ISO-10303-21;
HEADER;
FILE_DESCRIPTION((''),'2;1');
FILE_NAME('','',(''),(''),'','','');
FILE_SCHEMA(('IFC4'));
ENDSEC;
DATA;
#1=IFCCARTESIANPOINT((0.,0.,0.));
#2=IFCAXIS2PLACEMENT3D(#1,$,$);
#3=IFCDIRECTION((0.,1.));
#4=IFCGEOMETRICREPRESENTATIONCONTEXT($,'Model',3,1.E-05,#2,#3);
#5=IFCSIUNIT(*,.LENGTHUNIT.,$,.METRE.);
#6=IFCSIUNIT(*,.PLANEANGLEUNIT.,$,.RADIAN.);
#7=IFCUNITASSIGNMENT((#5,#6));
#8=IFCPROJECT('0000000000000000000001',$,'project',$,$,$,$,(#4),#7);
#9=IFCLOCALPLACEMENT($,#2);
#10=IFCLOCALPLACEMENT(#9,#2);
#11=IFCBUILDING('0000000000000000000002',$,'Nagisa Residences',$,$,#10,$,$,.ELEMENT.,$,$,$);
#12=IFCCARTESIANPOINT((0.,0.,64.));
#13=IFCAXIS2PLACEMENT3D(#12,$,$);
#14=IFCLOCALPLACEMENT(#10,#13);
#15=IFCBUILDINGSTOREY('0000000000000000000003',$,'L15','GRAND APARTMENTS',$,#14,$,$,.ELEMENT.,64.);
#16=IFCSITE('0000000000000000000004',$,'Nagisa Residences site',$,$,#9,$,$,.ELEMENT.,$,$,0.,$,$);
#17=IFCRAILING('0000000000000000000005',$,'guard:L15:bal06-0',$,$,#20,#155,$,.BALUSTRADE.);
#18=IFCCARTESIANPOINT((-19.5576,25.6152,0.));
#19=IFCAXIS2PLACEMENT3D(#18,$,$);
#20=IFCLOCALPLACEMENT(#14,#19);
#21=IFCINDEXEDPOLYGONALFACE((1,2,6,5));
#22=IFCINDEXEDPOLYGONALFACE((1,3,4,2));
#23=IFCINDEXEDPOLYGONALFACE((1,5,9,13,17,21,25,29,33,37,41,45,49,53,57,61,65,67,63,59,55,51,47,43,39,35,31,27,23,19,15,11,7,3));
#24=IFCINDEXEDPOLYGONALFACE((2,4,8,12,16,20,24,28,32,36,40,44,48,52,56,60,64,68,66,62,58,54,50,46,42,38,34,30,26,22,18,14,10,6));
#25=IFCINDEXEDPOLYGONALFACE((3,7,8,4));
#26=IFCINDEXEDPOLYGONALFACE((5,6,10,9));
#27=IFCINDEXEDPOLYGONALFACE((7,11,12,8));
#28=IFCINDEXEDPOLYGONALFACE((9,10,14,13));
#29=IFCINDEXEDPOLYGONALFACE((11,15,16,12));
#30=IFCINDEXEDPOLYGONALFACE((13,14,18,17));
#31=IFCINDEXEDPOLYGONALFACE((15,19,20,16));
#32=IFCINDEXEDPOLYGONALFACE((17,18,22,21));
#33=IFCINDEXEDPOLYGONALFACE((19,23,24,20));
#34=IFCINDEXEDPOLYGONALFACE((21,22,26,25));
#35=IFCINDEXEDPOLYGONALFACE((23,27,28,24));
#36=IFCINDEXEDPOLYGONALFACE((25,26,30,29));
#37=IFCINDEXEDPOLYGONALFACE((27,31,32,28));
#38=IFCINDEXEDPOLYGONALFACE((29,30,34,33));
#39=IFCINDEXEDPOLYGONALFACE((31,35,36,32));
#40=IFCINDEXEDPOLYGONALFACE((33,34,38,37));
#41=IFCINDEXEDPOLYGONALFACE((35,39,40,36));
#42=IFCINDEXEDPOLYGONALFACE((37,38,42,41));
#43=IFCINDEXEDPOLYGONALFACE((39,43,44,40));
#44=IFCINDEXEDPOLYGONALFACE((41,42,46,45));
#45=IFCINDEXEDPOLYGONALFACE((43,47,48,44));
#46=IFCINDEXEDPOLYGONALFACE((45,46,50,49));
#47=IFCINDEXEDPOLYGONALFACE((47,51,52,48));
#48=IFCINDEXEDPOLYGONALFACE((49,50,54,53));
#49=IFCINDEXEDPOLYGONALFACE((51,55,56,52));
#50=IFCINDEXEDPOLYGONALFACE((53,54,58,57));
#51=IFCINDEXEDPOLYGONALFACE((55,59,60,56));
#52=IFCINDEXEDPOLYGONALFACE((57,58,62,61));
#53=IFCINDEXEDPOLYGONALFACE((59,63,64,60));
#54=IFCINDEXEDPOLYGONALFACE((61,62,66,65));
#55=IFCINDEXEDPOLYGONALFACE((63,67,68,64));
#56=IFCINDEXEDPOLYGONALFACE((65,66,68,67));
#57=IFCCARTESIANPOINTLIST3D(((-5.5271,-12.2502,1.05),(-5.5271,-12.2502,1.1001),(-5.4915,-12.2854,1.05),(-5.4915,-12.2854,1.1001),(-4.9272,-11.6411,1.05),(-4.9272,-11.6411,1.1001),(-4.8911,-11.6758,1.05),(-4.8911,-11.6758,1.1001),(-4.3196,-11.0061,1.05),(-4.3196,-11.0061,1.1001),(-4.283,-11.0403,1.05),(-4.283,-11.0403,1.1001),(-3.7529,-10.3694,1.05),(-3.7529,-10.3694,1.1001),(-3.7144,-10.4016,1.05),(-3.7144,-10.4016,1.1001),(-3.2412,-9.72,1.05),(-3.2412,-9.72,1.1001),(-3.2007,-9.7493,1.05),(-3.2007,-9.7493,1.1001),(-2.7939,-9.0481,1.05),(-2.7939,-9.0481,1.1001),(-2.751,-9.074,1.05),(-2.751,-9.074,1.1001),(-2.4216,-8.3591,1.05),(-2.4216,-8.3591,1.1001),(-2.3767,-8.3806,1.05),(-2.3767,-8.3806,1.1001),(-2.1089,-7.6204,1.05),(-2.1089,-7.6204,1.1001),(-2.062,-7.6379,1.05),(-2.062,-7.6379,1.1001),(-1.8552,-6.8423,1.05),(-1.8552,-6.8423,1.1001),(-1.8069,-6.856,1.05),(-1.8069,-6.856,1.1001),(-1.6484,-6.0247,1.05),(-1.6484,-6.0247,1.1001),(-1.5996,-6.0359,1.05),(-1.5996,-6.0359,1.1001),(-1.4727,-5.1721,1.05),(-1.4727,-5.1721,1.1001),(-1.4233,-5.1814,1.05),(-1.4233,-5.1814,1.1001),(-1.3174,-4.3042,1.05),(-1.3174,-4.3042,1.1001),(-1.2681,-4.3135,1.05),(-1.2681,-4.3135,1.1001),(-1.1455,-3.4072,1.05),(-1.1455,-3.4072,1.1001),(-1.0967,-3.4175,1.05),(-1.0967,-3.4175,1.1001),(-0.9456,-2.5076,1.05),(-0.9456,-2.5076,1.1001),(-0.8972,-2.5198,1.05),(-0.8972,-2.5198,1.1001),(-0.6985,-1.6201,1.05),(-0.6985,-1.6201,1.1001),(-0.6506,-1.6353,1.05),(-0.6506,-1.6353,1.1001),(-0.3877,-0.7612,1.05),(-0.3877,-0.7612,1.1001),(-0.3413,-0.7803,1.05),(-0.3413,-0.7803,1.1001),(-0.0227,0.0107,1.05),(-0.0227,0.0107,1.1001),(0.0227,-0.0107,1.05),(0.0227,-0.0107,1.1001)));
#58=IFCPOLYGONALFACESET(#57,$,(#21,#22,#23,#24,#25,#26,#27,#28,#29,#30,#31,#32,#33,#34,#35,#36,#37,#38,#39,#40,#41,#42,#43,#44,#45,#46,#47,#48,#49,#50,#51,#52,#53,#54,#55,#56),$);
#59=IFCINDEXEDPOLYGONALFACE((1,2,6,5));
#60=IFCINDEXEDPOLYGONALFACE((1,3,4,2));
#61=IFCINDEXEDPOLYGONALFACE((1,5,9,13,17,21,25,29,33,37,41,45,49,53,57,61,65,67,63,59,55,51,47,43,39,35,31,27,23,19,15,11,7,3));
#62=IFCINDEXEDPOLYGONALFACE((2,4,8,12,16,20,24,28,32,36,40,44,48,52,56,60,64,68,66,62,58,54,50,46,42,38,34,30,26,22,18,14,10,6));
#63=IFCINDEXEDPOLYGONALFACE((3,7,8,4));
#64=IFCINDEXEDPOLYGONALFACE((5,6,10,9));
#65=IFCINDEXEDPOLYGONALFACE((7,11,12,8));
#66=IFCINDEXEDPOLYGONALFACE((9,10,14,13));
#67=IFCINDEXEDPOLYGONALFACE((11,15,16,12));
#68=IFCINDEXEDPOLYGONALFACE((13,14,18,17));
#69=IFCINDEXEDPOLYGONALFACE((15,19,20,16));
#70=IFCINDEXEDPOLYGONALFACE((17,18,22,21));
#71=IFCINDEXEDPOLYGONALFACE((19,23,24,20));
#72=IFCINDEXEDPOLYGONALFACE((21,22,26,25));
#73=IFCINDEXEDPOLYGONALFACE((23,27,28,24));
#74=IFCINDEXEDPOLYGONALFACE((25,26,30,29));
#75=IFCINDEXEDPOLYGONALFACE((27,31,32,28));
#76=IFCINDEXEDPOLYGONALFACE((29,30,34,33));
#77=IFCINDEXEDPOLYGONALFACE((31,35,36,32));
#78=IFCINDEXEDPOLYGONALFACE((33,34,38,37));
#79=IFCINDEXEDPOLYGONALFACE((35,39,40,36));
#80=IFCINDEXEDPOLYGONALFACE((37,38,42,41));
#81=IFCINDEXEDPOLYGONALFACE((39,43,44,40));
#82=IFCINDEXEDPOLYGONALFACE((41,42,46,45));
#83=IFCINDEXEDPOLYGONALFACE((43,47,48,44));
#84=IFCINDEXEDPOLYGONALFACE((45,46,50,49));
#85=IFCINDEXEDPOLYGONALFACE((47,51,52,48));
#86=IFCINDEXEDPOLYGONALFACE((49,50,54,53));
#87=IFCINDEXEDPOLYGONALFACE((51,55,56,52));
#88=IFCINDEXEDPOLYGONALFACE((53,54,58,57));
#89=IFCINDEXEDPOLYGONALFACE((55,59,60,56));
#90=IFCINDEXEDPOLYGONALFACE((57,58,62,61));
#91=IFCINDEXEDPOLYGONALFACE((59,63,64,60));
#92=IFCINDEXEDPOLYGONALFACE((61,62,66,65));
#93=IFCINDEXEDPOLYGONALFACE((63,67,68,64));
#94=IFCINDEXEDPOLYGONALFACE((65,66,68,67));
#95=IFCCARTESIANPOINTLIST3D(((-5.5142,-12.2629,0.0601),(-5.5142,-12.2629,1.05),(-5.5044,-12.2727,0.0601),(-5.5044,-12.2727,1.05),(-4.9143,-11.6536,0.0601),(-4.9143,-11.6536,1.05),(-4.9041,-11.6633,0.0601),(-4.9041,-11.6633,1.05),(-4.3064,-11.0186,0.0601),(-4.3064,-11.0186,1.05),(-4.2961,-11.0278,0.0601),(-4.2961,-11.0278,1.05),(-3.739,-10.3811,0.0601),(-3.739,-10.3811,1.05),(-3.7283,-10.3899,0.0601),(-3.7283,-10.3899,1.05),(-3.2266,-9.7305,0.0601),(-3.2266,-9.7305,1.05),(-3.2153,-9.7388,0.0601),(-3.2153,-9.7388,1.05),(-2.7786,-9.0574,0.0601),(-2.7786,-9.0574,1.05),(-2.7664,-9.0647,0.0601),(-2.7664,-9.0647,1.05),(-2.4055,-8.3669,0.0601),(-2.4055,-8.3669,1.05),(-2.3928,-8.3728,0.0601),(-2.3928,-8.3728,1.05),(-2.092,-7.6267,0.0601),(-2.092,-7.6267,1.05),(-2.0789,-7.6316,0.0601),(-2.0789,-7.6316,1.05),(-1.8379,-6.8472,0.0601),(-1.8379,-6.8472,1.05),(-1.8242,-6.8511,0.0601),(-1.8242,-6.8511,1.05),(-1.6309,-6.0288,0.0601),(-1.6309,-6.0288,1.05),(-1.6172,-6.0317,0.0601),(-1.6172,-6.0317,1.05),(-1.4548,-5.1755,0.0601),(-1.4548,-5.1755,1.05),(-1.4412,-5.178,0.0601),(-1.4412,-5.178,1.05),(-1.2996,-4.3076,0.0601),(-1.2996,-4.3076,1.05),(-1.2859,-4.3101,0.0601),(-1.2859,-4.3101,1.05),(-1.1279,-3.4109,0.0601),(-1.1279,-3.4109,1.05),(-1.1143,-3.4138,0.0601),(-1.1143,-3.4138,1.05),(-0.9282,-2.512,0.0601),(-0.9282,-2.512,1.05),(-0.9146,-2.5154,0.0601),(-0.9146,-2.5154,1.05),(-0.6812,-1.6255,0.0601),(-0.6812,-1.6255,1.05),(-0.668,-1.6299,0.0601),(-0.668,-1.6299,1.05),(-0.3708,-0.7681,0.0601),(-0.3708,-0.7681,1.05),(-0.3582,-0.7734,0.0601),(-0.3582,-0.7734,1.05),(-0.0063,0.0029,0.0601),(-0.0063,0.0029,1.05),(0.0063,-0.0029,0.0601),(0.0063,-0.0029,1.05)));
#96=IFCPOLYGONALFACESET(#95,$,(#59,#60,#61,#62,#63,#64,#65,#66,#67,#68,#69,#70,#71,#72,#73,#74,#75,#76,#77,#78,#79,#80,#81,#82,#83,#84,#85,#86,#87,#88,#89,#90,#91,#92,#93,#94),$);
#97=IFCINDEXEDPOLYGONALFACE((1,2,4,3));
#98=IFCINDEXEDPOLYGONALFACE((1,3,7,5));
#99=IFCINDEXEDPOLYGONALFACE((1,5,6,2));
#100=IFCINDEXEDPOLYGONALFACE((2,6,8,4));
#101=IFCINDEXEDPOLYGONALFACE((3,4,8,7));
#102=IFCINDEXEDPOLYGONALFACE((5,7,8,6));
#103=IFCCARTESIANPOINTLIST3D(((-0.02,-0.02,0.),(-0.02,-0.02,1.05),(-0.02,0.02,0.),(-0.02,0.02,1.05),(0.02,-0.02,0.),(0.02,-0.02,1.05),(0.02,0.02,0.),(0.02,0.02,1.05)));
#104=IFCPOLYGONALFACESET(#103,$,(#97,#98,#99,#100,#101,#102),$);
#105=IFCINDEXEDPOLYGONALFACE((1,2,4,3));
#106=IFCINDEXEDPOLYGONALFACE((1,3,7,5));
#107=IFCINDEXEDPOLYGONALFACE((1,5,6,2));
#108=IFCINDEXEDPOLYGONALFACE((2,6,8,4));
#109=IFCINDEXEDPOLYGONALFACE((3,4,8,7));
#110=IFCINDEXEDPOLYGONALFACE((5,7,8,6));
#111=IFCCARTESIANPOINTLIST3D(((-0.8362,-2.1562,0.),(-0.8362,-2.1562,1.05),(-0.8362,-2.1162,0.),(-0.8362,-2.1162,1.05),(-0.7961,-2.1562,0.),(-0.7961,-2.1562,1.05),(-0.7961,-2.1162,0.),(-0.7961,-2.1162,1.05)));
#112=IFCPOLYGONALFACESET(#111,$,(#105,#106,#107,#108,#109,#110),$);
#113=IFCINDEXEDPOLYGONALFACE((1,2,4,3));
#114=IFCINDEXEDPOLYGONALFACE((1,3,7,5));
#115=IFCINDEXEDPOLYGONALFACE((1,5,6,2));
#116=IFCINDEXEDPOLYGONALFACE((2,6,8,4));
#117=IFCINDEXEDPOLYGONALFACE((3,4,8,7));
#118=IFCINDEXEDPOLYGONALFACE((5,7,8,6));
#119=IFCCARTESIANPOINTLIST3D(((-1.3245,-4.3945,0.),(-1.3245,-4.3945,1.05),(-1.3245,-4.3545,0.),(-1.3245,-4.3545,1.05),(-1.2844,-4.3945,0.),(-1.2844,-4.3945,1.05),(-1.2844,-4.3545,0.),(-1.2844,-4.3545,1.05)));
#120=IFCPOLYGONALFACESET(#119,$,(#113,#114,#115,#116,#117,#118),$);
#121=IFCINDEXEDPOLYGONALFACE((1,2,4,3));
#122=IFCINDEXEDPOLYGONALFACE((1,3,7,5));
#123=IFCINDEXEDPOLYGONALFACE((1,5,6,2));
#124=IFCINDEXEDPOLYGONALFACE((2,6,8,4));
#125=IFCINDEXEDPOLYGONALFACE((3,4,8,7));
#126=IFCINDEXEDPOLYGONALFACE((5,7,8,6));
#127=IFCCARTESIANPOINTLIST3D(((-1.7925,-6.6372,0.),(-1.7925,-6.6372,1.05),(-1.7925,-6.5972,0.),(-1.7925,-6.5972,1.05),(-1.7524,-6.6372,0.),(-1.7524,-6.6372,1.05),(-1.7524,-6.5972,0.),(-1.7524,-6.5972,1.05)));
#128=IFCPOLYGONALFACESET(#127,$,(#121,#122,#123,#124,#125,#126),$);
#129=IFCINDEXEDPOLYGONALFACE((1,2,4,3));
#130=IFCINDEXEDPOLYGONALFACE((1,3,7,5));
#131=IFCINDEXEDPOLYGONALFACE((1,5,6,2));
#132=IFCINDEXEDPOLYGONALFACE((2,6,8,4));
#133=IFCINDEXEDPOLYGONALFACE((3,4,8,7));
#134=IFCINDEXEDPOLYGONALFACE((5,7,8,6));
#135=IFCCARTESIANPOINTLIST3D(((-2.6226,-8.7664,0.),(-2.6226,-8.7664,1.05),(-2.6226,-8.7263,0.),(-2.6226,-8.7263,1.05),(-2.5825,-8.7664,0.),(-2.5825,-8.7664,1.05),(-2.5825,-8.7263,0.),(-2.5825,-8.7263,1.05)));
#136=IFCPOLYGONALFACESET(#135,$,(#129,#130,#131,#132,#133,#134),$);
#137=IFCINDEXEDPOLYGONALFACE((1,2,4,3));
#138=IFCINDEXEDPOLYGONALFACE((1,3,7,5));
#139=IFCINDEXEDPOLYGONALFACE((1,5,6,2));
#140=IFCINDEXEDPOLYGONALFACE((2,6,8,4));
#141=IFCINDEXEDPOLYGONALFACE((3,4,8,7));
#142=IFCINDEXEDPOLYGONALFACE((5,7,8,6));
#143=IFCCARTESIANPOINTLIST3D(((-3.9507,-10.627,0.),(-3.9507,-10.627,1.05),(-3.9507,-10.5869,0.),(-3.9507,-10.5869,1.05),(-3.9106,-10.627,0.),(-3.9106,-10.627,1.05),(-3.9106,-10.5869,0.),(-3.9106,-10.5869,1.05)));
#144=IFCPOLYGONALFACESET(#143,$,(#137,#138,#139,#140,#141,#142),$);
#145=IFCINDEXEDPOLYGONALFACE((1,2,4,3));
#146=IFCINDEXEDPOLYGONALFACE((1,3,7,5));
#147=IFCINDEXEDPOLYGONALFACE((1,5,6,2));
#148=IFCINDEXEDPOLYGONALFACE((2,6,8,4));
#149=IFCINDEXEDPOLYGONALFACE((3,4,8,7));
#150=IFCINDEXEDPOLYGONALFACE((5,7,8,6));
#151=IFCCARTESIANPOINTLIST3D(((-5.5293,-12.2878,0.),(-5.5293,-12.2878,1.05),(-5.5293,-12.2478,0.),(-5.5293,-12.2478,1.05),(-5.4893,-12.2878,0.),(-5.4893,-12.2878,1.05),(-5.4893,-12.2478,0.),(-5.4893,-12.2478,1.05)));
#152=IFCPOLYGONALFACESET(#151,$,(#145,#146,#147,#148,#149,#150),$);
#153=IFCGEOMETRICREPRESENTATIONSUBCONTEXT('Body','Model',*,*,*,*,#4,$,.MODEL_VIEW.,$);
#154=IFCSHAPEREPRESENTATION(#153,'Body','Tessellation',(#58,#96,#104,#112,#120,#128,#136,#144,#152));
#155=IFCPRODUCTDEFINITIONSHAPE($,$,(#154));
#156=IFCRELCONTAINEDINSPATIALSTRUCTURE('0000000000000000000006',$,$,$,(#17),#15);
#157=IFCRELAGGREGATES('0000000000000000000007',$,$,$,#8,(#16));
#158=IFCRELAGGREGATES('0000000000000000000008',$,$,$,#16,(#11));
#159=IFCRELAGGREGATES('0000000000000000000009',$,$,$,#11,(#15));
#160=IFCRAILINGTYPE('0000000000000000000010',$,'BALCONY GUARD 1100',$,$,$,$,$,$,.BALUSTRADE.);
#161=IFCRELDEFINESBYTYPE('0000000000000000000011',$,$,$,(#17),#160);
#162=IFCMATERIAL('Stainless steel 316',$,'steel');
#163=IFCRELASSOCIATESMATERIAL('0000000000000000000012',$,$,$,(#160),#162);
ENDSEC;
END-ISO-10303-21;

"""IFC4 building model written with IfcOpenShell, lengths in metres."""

from ifc_helpers import new_model, si_unit, direction, frame, origin, origin_2d, place, context, subcontext, project, spatial, polyline, rectangle, outline, extrude, material, type_object, element, save


model = new_model("IFC4")

# Units and contexts
model_context = context("Model", 3, precision=1e-05, world=origin(), true_north=direction((0.0, 1.0)))
body_context = subcontext(model_context, "Body", "Model", "MODEL_VIEW")
ifc_project = project(units=[si_unit("LENGTHUNIT", "METRE"), si_unit("PLANEANGLEUNIT", "RADIAN")], contexts=[model_context])

# Site, building, storey
site_placement = place(None, origin())
site = spatial("IfcSite", under=ifc_project, at=site_placement, Name="Nagisa Residences site", CompositionType="ELEMENT", RefElevation=0.0)
building_placement = place(site_placement, origin())
building = spatial("IfcBuilding", under=site, at=building_placement, Name="Nagisa Residences", CompositionType="ELEMENT")
storey_placement = place(building_placement, frame((0.0, 0.0, 64.0)))
storey = spatial("IfcBuildingStorey", under=building, at=storey_placement, Name="L15", Description="GRAND APARTMENTS", CompositionType="ELEMENT", Elevation=64.0)

# Railing
ifc_material_1 = material(Name="Stainless steel 316", Category="steel")
railing_type = type_object("IfcRailingType", Name="BALCONY GUARD 1100", PredefinedType="BALUSTRADE", material=ifc_material_1)
railing_1_placement = place(storey_placement, frame((-19.5576, 25.6152, 0.0)))
element("IfcRailing", 1, at=railing_1_placement, inside=storey, type_object=railing_type, Name="guard:L15:bal06-0", PredefinedType="BALUSTRADE", context=body_context, shape_type="SweptSolid", body=[
    extrude(outline(polyline([(-0.3413, -0.7803), (0.0227, -0.0107), (-0.0227, 0.0107), (-0.3877, -0.7612), (-0.6985, -1.6201), (-0.9456, -2.5076), (-1.1455, -3.4072), (-1.3174, -4.3042), (-1.4727, -5.1721), (-1.6484, -6.0247), (-1.8552, -6.8423), (-2.1089, -7.6204), (-2.4216, -8.3591), (-2.7939, -9.0481), (-3.2412, -9.72), (-3.7529, -10.3694), (-4.3196, -11.0061), (-4.9272, -11.6411), (-5.5271, -12.2502), (-5.4915, -12.2854), (-4.8911, -11.6758), (-4.283, -11.0403), (-3.7144, -10.4016), (-3.2007, -9.7493), (-2.751, -9.074), (-2.3767, -8.3806), (-2.062, -7.6379), (-1.8069, -6.856), (-1.5996, -6.0359), (-1.4233, -5.1814), (-1.2681, -4.3135), (-1.0967, -3.4175), (-0.8972, -2.5198), (-0.6506, -1.6353), (-0.3413, -0.7803)])), frame((0.0, 0.0, 1.05)), (0.0, 0.0, 1.0), 0.05),
    extrude(outline(polyline([(-0.3582, -0.7734), (0.0063, -0.0029), (-0.0063, 0.0029), (-0.3708, -0.7681), (-0.6812, -1.6255), (-0.9282, -2.512), (-1.1279, -3.4109), (-1.2996, -4.3076), (-1.4548, -5.1755), (-1.6309, -6.0288), (-1.8379, -6.8472), (-2.092, -7.6267), (-2.4055, -8.3669), (-2.7786, -9.0574), (-3.2266, -9.7305), (-3.739, -10.3811), (-4.3064, -11.0186), (-4.9143, -11.6536), (-5.5142, -12.2629), (-5.5044, -12.2727), (-4.9041, -11.6633), (-4.2961, -11.0278), (-3.7283, -10.3899), (-3.2153, -9.7388), (-2.7664, -9.0647), (-2.3928, -8.3728), (-2.0789, -7.6316), (-1.8242, -6.8511), (-1.6172, -6.0317), (-1.4412, -5.178), (-1.2859, -4.3101), (-1.1143, -3.4138), (-0.9146, -2.5154), (-0.668, -1.6299), (-0.3582, -0.7734)])), frame((0.0, 0.0, 0.0601)), (0.0, 0.0, 1.0), 0.99),
    extrude(rectangle(XDim=0.04, YDim=0.04, at=origin_2d()), origin(), (0.0, 0.0, 1.0), 1.05),
    extrude(rectangle(XDim=0.04, YDim=0.04, at=origin_2d()), frame((-0.8162, -2.1362, 0.0)), (0.0, 0.0, 1.0), 1.05),
    extrude(rectangle(XDim=0.04, YDim=0.04, at=origin_2d()), frame((-1.3044, -4.3745, 0.0)), (0.0, 0.0, 1.0), 1.05),
    extrude(rectangle(XDim=0.04, YDim=0.04, at=origin_2d()), frame((-1.7725, -6.6172, 0.0)), (0.0, 0.0, 1.0), 1.05),
    extrude(rectangle(XDim=0.04, YDim=0.04, at=origin_2d()), frame((-2.6025, -8.7463, 0.0)), (0.0, 0.0, 1.0), 1.05),
    extrude(rectangle(XDim=0.04, YDim=0.04, at=origin_2d()), frame((-3.9307, -10.6069, 0.0)), (0.0, 0.0, 1.0), 1.05),
    extrude(rectangle(XDim=0.04, YDim=0.04, at=origin_2d()), frame((-5.5093, -12.2678, 0.0)), (0.0, 0.0, 1.0), 1.05),
])

save(model, "model.ifc")
